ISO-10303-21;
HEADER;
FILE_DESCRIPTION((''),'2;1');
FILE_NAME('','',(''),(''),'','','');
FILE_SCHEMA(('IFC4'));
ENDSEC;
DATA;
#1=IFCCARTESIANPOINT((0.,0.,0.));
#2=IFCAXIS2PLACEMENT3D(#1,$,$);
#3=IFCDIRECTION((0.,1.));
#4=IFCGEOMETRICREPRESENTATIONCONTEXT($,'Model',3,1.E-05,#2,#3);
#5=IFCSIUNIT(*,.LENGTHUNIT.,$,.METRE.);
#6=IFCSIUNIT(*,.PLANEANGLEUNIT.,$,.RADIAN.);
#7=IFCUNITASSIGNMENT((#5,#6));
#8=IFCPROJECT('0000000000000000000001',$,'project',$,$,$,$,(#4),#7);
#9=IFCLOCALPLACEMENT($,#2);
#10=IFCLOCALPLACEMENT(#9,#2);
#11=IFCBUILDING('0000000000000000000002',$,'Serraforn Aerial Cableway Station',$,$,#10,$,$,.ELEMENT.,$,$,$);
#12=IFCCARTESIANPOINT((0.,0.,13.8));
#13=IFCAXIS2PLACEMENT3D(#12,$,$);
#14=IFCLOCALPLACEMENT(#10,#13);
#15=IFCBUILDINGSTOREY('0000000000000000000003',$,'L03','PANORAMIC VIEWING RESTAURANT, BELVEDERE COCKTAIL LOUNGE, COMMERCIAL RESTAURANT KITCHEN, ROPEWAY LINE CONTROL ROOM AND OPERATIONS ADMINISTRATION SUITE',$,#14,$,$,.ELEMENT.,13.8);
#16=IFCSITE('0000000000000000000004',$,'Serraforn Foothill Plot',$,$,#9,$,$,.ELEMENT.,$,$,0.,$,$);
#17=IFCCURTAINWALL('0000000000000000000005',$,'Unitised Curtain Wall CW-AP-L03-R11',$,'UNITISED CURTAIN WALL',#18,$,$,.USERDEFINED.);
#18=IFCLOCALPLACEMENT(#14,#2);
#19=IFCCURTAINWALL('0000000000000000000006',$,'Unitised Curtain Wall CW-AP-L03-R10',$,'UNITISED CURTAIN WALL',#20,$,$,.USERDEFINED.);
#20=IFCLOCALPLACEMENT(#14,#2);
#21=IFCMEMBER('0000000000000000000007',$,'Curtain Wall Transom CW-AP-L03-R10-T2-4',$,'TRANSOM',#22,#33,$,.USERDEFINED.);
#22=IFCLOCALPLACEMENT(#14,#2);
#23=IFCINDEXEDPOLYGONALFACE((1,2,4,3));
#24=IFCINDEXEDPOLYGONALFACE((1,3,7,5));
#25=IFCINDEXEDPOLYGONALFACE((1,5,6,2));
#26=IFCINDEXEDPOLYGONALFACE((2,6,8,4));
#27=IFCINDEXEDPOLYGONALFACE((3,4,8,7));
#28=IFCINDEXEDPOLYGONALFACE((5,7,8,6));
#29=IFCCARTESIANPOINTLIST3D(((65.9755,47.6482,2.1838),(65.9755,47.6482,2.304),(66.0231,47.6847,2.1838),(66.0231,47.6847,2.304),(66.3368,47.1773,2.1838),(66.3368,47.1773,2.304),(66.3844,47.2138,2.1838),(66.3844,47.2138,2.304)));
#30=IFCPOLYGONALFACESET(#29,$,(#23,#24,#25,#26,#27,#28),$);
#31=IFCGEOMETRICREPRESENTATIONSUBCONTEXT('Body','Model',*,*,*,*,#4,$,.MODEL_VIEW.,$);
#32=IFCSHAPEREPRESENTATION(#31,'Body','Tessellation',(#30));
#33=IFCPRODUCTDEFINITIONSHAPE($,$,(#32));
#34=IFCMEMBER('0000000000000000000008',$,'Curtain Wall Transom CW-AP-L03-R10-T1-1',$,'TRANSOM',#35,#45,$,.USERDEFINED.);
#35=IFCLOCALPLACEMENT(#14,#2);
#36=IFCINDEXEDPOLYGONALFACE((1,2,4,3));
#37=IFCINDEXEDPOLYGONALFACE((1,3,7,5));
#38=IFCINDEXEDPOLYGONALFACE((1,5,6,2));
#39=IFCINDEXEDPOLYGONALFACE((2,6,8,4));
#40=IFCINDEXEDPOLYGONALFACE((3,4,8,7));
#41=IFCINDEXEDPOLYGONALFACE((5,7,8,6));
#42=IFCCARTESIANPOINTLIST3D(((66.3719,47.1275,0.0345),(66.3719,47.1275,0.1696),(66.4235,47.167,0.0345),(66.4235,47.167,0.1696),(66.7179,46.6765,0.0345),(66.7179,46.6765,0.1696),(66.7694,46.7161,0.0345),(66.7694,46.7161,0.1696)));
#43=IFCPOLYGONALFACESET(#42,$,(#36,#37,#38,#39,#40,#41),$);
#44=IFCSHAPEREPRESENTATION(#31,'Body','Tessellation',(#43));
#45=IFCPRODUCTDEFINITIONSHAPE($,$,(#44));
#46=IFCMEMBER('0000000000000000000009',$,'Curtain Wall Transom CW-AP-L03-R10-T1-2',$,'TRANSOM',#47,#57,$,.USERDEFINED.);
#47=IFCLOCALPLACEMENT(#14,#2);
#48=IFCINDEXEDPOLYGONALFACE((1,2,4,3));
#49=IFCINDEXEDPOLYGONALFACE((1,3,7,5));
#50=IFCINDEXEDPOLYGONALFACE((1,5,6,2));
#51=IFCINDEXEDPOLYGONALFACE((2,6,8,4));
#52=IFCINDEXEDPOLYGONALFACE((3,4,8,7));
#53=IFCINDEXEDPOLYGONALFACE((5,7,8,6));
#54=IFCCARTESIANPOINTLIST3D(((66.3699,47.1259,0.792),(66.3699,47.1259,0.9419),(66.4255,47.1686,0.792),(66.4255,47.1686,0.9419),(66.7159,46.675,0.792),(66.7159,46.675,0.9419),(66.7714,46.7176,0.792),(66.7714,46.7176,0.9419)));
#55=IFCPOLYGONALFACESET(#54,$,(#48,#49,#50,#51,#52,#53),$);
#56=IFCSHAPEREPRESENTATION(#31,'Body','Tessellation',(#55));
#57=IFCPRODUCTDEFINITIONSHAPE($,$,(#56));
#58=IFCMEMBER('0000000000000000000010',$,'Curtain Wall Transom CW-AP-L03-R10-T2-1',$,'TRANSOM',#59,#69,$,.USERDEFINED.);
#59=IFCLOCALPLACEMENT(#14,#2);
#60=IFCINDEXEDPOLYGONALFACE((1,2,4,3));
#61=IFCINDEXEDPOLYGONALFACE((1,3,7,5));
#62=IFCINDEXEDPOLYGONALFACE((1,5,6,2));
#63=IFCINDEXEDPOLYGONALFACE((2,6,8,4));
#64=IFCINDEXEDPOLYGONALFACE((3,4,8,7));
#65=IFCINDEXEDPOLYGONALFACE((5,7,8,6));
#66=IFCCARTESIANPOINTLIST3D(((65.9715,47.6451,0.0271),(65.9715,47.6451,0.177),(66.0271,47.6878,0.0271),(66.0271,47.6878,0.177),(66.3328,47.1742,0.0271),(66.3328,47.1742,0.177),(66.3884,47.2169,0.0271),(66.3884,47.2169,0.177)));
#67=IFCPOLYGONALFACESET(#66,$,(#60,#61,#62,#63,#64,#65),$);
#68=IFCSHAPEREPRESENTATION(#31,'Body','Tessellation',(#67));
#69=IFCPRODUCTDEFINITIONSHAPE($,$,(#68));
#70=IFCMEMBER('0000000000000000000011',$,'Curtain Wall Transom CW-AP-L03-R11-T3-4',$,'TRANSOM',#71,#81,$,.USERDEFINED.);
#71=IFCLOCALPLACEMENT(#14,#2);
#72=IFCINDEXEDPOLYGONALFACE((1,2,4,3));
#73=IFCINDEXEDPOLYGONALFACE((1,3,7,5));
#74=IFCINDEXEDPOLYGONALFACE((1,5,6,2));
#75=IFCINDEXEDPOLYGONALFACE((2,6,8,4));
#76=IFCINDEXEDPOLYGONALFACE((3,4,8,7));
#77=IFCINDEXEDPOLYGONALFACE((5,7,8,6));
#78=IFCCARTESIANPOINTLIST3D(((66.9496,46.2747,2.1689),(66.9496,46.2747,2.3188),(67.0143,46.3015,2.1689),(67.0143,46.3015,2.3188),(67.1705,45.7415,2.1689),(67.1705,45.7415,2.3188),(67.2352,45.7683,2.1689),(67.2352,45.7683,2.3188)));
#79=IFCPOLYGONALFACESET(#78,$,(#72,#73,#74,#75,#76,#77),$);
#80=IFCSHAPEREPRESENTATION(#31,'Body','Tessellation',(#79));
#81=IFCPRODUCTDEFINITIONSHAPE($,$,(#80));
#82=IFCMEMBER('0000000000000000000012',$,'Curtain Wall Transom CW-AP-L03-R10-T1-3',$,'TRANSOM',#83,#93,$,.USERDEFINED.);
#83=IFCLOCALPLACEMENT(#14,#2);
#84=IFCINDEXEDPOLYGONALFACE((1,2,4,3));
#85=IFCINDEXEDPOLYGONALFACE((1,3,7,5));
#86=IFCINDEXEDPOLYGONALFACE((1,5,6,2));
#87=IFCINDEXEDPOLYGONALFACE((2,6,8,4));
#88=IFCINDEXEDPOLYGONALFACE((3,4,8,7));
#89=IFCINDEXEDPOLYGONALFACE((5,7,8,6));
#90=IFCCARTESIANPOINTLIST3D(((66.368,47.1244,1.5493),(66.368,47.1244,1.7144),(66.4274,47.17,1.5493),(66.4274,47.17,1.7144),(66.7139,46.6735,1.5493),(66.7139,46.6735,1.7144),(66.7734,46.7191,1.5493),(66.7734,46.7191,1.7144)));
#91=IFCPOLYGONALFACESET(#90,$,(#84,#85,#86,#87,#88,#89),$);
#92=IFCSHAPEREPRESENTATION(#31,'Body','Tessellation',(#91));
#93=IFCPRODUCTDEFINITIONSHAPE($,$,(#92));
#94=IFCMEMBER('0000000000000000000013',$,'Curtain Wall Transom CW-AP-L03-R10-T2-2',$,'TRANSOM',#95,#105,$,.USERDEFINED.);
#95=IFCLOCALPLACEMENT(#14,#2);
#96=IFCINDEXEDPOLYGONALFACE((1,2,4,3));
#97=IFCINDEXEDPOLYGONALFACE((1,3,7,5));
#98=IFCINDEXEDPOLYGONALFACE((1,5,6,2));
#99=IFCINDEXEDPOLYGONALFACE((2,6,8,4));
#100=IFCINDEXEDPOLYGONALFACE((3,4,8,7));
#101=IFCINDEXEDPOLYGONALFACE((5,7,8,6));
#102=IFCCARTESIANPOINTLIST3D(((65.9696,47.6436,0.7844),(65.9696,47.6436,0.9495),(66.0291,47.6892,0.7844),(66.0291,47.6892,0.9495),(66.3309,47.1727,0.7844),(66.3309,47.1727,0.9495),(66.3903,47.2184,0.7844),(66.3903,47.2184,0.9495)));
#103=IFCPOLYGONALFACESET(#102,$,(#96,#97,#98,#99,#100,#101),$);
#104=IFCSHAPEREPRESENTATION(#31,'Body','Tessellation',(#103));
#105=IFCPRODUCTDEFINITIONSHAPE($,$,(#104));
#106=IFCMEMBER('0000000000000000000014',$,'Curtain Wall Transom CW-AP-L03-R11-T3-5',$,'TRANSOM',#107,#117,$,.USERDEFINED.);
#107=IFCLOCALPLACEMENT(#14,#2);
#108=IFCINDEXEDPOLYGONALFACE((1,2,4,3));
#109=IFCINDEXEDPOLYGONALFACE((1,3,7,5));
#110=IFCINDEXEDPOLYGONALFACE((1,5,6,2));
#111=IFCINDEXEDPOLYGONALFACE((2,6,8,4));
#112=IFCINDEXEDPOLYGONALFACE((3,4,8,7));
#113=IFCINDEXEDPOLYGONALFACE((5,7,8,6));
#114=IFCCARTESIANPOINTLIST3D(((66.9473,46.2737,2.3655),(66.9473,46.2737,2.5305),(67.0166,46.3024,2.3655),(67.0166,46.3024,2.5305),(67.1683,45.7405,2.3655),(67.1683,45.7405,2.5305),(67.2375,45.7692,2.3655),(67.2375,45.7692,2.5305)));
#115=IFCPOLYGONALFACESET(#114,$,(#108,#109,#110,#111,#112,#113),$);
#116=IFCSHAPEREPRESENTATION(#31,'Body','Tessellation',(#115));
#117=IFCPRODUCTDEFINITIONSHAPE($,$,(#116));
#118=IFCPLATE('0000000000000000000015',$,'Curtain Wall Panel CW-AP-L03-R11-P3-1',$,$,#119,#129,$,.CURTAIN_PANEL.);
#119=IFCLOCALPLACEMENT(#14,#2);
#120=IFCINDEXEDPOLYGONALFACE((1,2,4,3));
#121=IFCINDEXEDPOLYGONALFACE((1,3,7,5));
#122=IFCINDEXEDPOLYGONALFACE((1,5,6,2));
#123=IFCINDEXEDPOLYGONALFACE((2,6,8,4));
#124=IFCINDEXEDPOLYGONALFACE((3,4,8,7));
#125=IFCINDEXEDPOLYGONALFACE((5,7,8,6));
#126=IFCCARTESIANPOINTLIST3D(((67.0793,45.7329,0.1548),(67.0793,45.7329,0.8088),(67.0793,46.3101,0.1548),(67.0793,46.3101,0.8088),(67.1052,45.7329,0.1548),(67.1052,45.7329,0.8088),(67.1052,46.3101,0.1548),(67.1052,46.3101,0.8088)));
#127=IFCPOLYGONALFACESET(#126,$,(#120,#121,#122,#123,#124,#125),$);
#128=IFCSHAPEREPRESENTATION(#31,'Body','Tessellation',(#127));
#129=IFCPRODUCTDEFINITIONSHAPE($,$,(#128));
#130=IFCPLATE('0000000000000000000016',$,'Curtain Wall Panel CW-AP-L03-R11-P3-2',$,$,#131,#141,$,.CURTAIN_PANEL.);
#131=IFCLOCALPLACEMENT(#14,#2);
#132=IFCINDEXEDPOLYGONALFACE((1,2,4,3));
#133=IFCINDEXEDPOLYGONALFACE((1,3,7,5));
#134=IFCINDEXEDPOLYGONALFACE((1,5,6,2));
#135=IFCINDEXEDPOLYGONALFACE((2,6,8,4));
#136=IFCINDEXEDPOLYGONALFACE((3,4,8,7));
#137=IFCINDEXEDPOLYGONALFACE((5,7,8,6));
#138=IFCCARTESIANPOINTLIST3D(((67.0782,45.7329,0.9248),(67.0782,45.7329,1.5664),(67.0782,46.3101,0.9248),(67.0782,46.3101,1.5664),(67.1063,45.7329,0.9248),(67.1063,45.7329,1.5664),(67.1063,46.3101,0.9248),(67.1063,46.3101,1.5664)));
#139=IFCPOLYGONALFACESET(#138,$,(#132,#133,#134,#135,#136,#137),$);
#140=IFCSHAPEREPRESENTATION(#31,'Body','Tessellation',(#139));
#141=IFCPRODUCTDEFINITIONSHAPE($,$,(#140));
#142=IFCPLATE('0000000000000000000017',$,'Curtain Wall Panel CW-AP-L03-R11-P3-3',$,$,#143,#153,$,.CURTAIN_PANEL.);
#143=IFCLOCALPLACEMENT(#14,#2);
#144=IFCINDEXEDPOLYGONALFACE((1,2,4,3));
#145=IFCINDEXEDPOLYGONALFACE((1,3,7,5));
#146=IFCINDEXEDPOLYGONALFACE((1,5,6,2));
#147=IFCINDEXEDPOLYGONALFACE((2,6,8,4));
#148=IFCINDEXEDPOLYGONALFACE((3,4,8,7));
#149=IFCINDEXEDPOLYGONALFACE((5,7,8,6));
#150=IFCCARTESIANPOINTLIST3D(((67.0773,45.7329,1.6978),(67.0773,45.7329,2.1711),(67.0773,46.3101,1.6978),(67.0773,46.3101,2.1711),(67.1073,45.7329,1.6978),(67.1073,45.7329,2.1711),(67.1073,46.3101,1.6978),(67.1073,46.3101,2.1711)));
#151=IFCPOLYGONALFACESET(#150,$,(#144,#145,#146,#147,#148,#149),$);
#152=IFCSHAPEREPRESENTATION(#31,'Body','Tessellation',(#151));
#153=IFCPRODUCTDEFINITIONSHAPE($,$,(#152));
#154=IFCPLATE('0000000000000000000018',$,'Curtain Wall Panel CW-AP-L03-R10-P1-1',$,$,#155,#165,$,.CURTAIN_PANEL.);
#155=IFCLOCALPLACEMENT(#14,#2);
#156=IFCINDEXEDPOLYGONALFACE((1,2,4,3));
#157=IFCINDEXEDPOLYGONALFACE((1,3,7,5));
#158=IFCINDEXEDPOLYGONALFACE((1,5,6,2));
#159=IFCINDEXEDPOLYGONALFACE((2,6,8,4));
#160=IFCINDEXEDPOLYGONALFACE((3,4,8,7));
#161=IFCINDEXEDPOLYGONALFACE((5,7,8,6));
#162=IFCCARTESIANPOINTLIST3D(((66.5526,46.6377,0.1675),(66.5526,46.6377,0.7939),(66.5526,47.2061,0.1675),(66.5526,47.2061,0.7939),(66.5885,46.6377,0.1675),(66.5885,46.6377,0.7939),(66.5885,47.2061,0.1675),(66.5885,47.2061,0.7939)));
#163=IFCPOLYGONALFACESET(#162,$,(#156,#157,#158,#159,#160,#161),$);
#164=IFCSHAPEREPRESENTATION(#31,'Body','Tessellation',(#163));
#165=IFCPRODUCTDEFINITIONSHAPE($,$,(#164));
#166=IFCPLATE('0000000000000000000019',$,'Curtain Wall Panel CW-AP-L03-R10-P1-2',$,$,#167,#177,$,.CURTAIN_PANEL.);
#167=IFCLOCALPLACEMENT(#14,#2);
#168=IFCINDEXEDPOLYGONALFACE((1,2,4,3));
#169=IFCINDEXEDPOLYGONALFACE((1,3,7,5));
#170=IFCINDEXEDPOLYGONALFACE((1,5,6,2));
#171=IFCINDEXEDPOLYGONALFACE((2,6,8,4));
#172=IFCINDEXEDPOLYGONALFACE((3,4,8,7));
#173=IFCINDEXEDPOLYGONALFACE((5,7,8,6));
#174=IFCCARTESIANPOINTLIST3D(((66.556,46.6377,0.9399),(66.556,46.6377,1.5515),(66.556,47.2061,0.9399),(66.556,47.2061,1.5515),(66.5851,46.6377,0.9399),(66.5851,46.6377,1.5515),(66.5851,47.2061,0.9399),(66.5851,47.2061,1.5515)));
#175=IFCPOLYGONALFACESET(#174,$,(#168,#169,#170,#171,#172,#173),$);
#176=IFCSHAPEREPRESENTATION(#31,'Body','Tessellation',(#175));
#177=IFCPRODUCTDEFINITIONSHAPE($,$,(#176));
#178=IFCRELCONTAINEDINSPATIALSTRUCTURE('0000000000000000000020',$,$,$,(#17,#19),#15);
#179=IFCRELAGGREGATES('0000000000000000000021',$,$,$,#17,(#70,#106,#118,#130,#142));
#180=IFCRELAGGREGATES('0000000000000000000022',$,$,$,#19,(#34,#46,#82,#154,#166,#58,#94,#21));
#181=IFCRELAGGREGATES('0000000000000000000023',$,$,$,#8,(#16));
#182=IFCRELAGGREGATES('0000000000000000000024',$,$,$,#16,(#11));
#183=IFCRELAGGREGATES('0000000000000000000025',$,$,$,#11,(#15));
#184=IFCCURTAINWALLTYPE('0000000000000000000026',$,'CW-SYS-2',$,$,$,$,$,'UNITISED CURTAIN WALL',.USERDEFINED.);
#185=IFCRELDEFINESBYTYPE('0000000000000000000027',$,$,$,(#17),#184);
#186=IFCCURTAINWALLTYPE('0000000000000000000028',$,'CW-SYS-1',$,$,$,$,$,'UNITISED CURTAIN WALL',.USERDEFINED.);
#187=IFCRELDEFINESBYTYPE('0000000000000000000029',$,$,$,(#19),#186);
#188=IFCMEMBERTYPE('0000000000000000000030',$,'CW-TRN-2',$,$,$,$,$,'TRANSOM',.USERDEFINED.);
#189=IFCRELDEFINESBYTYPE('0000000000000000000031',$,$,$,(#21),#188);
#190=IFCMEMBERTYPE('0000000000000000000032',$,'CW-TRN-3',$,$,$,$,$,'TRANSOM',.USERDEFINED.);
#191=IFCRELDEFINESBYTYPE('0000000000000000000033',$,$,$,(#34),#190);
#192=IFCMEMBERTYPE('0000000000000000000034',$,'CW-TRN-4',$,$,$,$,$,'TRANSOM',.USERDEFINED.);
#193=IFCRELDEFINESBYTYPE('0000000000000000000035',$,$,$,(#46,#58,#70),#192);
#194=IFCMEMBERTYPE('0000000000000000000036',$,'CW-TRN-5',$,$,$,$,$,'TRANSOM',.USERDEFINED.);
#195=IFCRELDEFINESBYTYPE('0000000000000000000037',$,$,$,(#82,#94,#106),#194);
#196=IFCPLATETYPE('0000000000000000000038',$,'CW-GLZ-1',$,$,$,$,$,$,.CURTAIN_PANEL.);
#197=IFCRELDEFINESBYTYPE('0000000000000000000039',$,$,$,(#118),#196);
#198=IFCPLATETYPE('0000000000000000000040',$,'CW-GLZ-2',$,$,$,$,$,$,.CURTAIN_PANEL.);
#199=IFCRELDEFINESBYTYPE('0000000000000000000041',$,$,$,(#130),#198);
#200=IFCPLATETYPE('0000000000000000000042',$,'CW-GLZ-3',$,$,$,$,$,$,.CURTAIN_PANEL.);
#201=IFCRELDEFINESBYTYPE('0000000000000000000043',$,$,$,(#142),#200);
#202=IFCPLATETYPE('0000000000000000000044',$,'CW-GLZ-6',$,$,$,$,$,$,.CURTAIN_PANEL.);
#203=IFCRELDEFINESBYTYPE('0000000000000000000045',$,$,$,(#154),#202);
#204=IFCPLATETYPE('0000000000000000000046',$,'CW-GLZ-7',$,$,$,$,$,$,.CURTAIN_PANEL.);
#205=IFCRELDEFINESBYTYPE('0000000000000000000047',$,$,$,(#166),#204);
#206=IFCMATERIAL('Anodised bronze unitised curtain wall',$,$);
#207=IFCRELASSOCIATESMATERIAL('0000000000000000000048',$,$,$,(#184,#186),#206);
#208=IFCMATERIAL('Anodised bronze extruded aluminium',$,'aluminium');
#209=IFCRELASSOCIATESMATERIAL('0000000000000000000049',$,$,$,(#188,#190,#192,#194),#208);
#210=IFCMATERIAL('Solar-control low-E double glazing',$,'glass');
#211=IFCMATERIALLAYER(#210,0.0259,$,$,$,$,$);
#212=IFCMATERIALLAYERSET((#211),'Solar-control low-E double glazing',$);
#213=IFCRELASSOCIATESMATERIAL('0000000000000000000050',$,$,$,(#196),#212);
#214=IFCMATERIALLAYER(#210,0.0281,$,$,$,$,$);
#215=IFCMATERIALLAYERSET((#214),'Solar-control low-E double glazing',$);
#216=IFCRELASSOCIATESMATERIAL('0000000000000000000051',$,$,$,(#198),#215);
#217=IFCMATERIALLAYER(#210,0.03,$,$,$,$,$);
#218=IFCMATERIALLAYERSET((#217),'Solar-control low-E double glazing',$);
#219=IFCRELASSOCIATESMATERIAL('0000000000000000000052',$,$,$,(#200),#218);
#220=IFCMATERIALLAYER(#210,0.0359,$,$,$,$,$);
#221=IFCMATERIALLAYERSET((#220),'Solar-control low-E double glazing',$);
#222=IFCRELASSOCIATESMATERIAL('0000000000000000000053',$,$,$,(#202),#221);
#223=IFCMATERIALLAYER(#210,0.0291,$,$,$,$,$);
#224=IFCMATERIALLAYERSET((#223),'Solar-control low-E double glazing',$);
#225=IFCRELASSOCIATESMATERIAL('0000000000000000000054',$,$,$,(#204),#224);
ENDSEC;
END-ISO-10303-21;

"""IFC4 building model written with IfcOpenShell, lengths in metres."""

from ifc_helpers import new_model, si_unit, direction, frame, origin, origin_2d, place, context, subcontext, project, spatial, rectangle, extrude, material, layer, layer_set, material_profile, profile_set, type_object, element, aggregate, save


model = new_model("IFC4")

# Units and contexts
model_context = context("Model", 3, precision=1e-05, world=origin(), true_north=direction((0.0, 1.0)))
body_context = subcontext(model_context, "Body", "Model", "MODEL_VIEW")
ifc_project = project(units=[si_unit("LENGTHUNIT", "METRE"), si_unit("PLANEANGLEUNIT", "RADIAN")], contexts=[model_context])

# Site, building, storey
site_placement = place(None, origin())
site = spatial("IfcSite", under=ifc_project, at=site_placement, Name="Serraforn Foothill Plot", CompositionType="ELEMENT", RefElevation=0.0)
building_placement = place(site_placement, origin())
building = spatial("IfcBuilding", under=site, at=building_placement, Name="Serraforn Aerial Cableway Station", CompositionType="ELEMENT")
storey_placement = place(building_placement, frame((0.0, 0.0, 13.8)))
storey = spatial("IfcBuildingStorey", under=building, at=storey_placement, Name="L03", Description="PANORAMIC VIEWING RESTAURANT, BELVEDERE COCKTAIL LOUNGE, COMMERCIAL RESTAURANT KITCHEN, ROPEWAY LINE CONTROL ROOM AND OPERATIONS ADMINISTRATION SUITE", CompositionType="ELEMENT", Elevation=13.8)

# Curtain wall
ifc_material_1 = material(Name="Anodised bronze unitised curtain wall")
curtain_wall_type_1 = type_object("IfcCurtainWallType", Name="CW-SYS-2", ElementType="UNITISED CURTAIN WALL", PredefinedType="USERDEFINED", material=ifc_material_1)
curtain_wall_1_placement = place(storey_placement, origin())
curtain_wall_1 = element("IfcCurtainWall", 1, at=curtain_wall_1_placement, inside=storey, type_object=curtain_wall_type_1, Name="Unitised Curtain Wall CW-AP-L03-R11", ObjectType="UNITISED CURTAIN WALL", PredefinedType="USERDEFINED")
ifc_material_2 = material(Name="Anodised bronze extruded aluminium", Category="aluminium")

# Curtain wall, members
curtain_wall_type_2 = type_object("IfcCurtainWallType", Name="CW-SYS-1", ElementType="UNITISED CURTAIN WALL", PredefinedType="USERDEFINED", material=ifc_material_1)
curtain_wall_2_placement = place(storey_placement, origin())
curtain_wall_2 = element("IfcCurtainWall", 2, at=curtain_wall_2_placement, inside=storey, type_object=curtain_wall_type_2, Name="Unitised Curtain Wall CW-AP-L03-R10", ObjectType="UNITISED CURTAIN WALL", PredefinedType="USERDEFINED")
ifc_material_profile_1 = material_profile(ifc_material_2, rectangle(XDim=0.0601, YDim=0.1201, at=origin_2d()), Name="CW TRANSOM 60x120")
ifc_profile_set_1 = profile_set([ifc_material_profile_1], Name="Anodised bronze extruded aluminium")
member_type_1 = type_object("IfcMemberType", Name="CW-TRN-2", ElementType="TRANSOM", PredefinedType="USERDEFINED", material=ifc_profile_set_1)
member_1_placement = place(storey_placement, frame((66.3606, 47.1956, 2.2439), z_axis=(-0.608716, 0.793388, 0.0), x_axis=(-0.793388, -0.608716, 0.0)))
member_1 = element("IfcMember", 3, at=member_1_placement, type_object=member_type_1, Name="Curtain Wall Transom CW-AP-L03-R10-T2-4", ObjectType="TRANSOM", PredefinedType="USERDEFINED", context=body_context, shape_type="SweptSolid", body=[
    extrude(rectangle(XDim=0.0601, YDim=0.1201, at=origin_2d()), origin(), (0.0, 0.0, 1.0), 0.5935),
])
ifc_material_profile_2 = material_profile(ifc_material_2, rectangle(XDim=0.0649, YDim=0.135, at=origin_2d()), Name="CW TRANSOM 65x135")
ifc_profile_set_2 = profile_set([ifc_material_profile_2], Name="Anodised bronze extruded aluminium")
member_type_2 = type_object("IfcMemberType", Name="CW-TRN-3", ElementType="TRANSOM", PredefinedType="USERDEFINED", material=ifc_profile_set_2)
member_2_placement = place(storey_placement, frame((66.7437, 46.6963, 0.1021), z_axis=(-0.608693, 0.793406, 0.0), x_axis=(-0.793406, -0.608693, 0.0)))
member_2 = element("IfcMember", 4, at=member_2_placement, type_object=member_type_2, Name="Curtain Wall Transom CW-AP-L03-R10-T1-1", ObjectType="TRANSOM", PredefinedType="USERDEFINED", context=body_context, shape_type="SweptSolid", body=[
    extrude(rectangle(XDim=0.0649, YDim=0.135, at=origin_2d()), origin(), (0.0, 0.0, 1.0), 0.5684),
])
ifc_material_profile_3 = material_profile(ifc_material_2, rectangle(XDim=0.0701, YDim=0.1499, at=origin_2d()), Name="CW TRANSOM 70x150")
ifc_profile_set_3 = profile_set([ifc_material_profile_3], Name="Anodised bronze extruded aluminium")
member_type_3 = type_object("IfcMemberType", Name="CW-TRN-4", ElementType="TRANSOM", PredefinedType="USERDEFINED", material=ifc_profile_set_3)
member_3_placement = place(storey_placement, frame((66.7437, 46.6963, 0.8669), z_axis=(-0.608693, 0.793406, 0.0), x_axis=(-0.793406, -0.608693, 0.0)))
member_3 = element("IfcMember", 5, at=member_3_placement, type_object=member_type_3, Name="Curtain Wall Transom CW-AP-L03-R10-T1-2", ObjectType="TRANSOM", PredefinedType="USERDEFINED", context=body_context, shape_type="SweptSolid", body=[
    extrude(rectangle(XDim=0.0701, YDim=0.1499, at=origin_2d()), origin(), (0.0, 0.0, 1.0), 0.5684),
])
member_4_placement = place(storey_placement, frame((66.3606, 47.1956, 0.1021), z_axis=(-0.608716, 0.793388, 0.0), x_axis=(-0.793388, -0.608716, 0.0)))
member_4 = element("IfcMember", 6, at=member_4_placement, type_object=member_type_3, Name="Curtain Wall Transom CW-AP-L03-R10-T2-1", ObjectType="TRANSOM", PredefinedType="USERDEFINED", context=body_context, shape_type="SweptSolid", body=[
    extrude(rectangle(XDim=0.0701, YDim=0.1499, at=origin_2d()), origin(), (0.0, 0.0, 1.0), 0.5935),
])

# Members
member_5_placement = place(storey_placement, frame((67.2029, 45.7549, 2.2439), z_axis=(-0.382813, 0.923826, 0.0), x_axis=(-0.923826, -0.382813, 0.0)))
member_5 = element("IfcMember", 7, at=member_5_placement, type_object=member_type_3, Name="Curtain Wall Transom CW-AP-L03-R11-T3-4", ObjectType="TRANSOM", PredefinedType="USERDEFINED", context=body_context, shape_type="SweptSolid", body=[
    extrude(rectangle(XDim=0.0701, YDim=0.1499, at=origin_2d()), origin(), (0.0, 0.0, 1.0), 0.5771),
])
ifc_material_profile_4 = material_profile(ifc_material_2, rectangle(XDim=0.075, YDim=0.165, at=origin_2d()), Name="CW TRANSOM 75x165")
ifc_profile_set_4 = profile_set([ifc_material_profile_4], Name="Anodised bronze extruded aluminium")
member_type_4 = type_object("IfcMemberType", Name="CW-TRN-5", ElementType="TRANSOM", PredefinedType="USERDEFINED", material=ifc_profile_set_4)
member_6_placement = place(storey_placement, frame((66.7437, 46.6963, 1.6318), z_axis=(-0.608693, 0.793406, 0.0), x_axis=(-0.793406, -0.608693, 0.0)))
member_6 = element("IfcMember", 8, at=member_6_placement, type_object=member_type_4, Name="Curtain Wall Transom CW-AP-L03-R10-T1-3", ObjectType="TRANSOM", PredefinedType="USERDEFINED", context=body_context, shape_type="SweptSolid", body=[
    extrude(rectangle(XDim=0.075, YDim=0.165, at=origin_2d()), origin(), (0.0, 0.0, 1.0), 0.5684),
])
member_7_placement = place(storey_placement, frame((66.3606, 47.1956, 0.8669), z_axis=(-0.608716, 0.793388, 0.0), x_axis=(-0.793388, -0.608716, 0.0)))
member_7 = element("IfcMember", 9, at=member_7_placement, type_object=member_type_4, Name="Curtain Wall Transom CW-AP-L03-R10-T2-2", ObjectType="TRANSOM", PredefinedType="USERDEFINED", context=body_context, shape_type="SweptSolid", body=[
    extrude(rectangle(XDim=0.075, YDim=0.165, at=origin_2d()), origin(), (0.0, 0.0, 1.0), 0.5935),
])
member_8_placement = place(storey_placement, frame((67.2029, 45.7549, 2.448), z_axis=(-0.382813, 0.923826, 0.0), x_axis=(-0.923826, -0.382813, 0.0)))
member_8 = element("IfcMember", 10, at=member_8_placement, type_object=member_type_4, Name="Curtain Wall Transom CW-AP-L03-R11-T3-5", ObjectType="TRANSOM", PredefinedType="USERDEFINED", context=body_context, shape_type="SweptSolid", body=[
    extrude(rectangle(XDim=0.075, YDim=0.165, at=origin_2d()), origin(), (0.0, 0.0, 1.0), 0.5771),
])

# Plates
ifc_material_3 = material(Name="Solar-control low-E double glazing", Category="glass")
ifc_layer_1 = layer(ifc_material_3, 0.0259)
ifc_layer_set_1 = layer_set([ifc_layer_1], Name="Solar-control low-E double glazing")
plate_type_1 = type_object("IfcPlateType", Name="CW-GLZ-1", PredefinedType="CURTAIN_PANEL", material=ifc_layer_set_1)
plate_1_placement = place(storey_placement, frame((67.0923, 46.0215, 0.1548), z_axis=(0.0, 0.0, 1.0), x_axis=(1.0, 0.0, 0.0)))
plate_1 = element("IfcPlate", 11, at=plate_1_placement, type_object=plate_type_1, Name="Curtain Wall Panel CW-AP-L03-R11-P3-1", PredefinedType="CURTAIN_PANEL", context=body_context, shape_type="SweptSolid", body=[
    extrude(rectangle(XDim=0.0259, YDim=0.5771, at=origin_2d()), origin(), (0.0, 0.0, 1.0), 0.6541),
])
ifc_layer_2 = layer(ifc_material_3, 0.0281)
ifc_layer_set_2 = layer_set([ifc_layer_2], Name="Solar-control low-E double glazing")
plate_type_2 = type_object("IfcPlateType", Name="CW-GLZ-2", PredefinedType="CURTAIN_PANEL", material=ifc_layer_set_2)
plate_2_placement = place(storey_placement, frame((67.0923, 46.0215, 0.9248), z_axis=(0.0, 0.0, 1.0), x_axis=(1.0, 0.0, 0.0)))
plate_2 = element("IfcPlate", 12, at=plate_2_placement, type_object=plate_type_2, Name="Curtain Wall Panel CW-AP-L03-R11-P3-2", PredefinedType="CURTAIN_PANEL", context=body_context, shape_type="SweptSolid", body=[
    extrude(rectangle(XDim=0.0281, YDim=0.5771, at=origin_2d()), origin(), (0.0, 0.0, 1.0), 0.6416),
])
ifc_layer_3 = layer(ifc_material_3, 0.03)
ifc_layer_set_3 = layer_set([ifc_layer_3], Name="Solar-control low-E double glazing")
plate_type_3 = type_object("IfcPlateType", Name="CW-GLZ-3", PredefinedType="CURTAIN_PANEL", material=ifc_layer_set_3)
plate_3_placement = place(storey_placement, frame((67.0923, 46.0215, 1.6978), z_axis=(0.0, 0.0, 1.0), x_axis=(1.0, 0.0, 0.0)))
plate_3 = element("IfcPlate", 13, at=plate_3_placement, type_object=plate_type_3, Name="Curtain Wall Panel CW-AP-L03-R11-P3-3", PredefinedType="CURTAIN_PANEL", context=body_context, shape_type="SweptSolid", body=[
    extrude(rectangle(XDim=0.03, YDim=0.5771, at=origin_2d()), origin(), (0.0, 0.0, 1.0), 0.4734),
])
aggregate(curtain_wall_1, [member_5, member_8, plate_1, plate_2, plate_3])
ifc_layer_4 = layer(ifc_material_3, 0.0359)
ifc_layer_set_4 = layer_set([ifc_layer_4], Name="Solar-control low-E double glazing")
plate_type_4 = type_object("IfcPlateType", Name="CW-GLZ-6", PredefinedType="CURTAIN_PANEL", material=ifc_layer_set_4)
plate_4_placement = place(storey_placement, frame((66.5706, 46.9219, 0.1675), z_axis=(0.0, 0.0, 1.0), x_axis=(1.0, 0.0, 0.0)))
plate_4 = element("IfcPlate", 14, at=plate_4_placement, type_object=plate_type_4, Name="Curtain Wall Panel CW-AP-L03-R10-P1-1", PredefinedType="CURTAIN_PANEL", context=body_context, shape_type="SweptSolid", body=[
    extrude(rectangle(XDim=0.0359, YDim=0.5684, at=origin_2d()), origin(), (0.0, 0.0, 1.0), 0.6265),
])
ifc_layer_5 = layer(ifc_material_3, 0.0291)
ifc_layer_set_5 = layer_set([ifc_layer_5], Name="Solar-control low-E double glazing")
plate_type_5 = type_object("IfcPlateType", Name="CW-GLZ-7", PredefinedType="CURTAIN_PANEL", material=ifc_layer_set_5)
plate_5_placement = place(storey_placement, frame((66.5706, 46.9219, 0.9399), z_axis=(0.0, 0.0, 1.0), x_axis=(1.0, 0.0, 0.0)))
plate_5 = element("IfcPlate", 15, at=plate_5_placement, type_object=plate_type_5, Name="Curtain Wall Panel CW-AP-L03-R10-P1-2", PredefinedType="CURTAIN_PANEL", context=body_context, shape_type="SweptSolid", body=[
    extrude(rectangle(XDim=0.0291, YDim=0.5684, at=origin_2d()), origin(), (0.0, 0.0, 1.0), 0.6116),
])
aggregate(curtain_wall_2, [member_2, member_3, member_6, plate_4, plate_5, member_4, member_7, member_1])

save(model, "model.ifc")
